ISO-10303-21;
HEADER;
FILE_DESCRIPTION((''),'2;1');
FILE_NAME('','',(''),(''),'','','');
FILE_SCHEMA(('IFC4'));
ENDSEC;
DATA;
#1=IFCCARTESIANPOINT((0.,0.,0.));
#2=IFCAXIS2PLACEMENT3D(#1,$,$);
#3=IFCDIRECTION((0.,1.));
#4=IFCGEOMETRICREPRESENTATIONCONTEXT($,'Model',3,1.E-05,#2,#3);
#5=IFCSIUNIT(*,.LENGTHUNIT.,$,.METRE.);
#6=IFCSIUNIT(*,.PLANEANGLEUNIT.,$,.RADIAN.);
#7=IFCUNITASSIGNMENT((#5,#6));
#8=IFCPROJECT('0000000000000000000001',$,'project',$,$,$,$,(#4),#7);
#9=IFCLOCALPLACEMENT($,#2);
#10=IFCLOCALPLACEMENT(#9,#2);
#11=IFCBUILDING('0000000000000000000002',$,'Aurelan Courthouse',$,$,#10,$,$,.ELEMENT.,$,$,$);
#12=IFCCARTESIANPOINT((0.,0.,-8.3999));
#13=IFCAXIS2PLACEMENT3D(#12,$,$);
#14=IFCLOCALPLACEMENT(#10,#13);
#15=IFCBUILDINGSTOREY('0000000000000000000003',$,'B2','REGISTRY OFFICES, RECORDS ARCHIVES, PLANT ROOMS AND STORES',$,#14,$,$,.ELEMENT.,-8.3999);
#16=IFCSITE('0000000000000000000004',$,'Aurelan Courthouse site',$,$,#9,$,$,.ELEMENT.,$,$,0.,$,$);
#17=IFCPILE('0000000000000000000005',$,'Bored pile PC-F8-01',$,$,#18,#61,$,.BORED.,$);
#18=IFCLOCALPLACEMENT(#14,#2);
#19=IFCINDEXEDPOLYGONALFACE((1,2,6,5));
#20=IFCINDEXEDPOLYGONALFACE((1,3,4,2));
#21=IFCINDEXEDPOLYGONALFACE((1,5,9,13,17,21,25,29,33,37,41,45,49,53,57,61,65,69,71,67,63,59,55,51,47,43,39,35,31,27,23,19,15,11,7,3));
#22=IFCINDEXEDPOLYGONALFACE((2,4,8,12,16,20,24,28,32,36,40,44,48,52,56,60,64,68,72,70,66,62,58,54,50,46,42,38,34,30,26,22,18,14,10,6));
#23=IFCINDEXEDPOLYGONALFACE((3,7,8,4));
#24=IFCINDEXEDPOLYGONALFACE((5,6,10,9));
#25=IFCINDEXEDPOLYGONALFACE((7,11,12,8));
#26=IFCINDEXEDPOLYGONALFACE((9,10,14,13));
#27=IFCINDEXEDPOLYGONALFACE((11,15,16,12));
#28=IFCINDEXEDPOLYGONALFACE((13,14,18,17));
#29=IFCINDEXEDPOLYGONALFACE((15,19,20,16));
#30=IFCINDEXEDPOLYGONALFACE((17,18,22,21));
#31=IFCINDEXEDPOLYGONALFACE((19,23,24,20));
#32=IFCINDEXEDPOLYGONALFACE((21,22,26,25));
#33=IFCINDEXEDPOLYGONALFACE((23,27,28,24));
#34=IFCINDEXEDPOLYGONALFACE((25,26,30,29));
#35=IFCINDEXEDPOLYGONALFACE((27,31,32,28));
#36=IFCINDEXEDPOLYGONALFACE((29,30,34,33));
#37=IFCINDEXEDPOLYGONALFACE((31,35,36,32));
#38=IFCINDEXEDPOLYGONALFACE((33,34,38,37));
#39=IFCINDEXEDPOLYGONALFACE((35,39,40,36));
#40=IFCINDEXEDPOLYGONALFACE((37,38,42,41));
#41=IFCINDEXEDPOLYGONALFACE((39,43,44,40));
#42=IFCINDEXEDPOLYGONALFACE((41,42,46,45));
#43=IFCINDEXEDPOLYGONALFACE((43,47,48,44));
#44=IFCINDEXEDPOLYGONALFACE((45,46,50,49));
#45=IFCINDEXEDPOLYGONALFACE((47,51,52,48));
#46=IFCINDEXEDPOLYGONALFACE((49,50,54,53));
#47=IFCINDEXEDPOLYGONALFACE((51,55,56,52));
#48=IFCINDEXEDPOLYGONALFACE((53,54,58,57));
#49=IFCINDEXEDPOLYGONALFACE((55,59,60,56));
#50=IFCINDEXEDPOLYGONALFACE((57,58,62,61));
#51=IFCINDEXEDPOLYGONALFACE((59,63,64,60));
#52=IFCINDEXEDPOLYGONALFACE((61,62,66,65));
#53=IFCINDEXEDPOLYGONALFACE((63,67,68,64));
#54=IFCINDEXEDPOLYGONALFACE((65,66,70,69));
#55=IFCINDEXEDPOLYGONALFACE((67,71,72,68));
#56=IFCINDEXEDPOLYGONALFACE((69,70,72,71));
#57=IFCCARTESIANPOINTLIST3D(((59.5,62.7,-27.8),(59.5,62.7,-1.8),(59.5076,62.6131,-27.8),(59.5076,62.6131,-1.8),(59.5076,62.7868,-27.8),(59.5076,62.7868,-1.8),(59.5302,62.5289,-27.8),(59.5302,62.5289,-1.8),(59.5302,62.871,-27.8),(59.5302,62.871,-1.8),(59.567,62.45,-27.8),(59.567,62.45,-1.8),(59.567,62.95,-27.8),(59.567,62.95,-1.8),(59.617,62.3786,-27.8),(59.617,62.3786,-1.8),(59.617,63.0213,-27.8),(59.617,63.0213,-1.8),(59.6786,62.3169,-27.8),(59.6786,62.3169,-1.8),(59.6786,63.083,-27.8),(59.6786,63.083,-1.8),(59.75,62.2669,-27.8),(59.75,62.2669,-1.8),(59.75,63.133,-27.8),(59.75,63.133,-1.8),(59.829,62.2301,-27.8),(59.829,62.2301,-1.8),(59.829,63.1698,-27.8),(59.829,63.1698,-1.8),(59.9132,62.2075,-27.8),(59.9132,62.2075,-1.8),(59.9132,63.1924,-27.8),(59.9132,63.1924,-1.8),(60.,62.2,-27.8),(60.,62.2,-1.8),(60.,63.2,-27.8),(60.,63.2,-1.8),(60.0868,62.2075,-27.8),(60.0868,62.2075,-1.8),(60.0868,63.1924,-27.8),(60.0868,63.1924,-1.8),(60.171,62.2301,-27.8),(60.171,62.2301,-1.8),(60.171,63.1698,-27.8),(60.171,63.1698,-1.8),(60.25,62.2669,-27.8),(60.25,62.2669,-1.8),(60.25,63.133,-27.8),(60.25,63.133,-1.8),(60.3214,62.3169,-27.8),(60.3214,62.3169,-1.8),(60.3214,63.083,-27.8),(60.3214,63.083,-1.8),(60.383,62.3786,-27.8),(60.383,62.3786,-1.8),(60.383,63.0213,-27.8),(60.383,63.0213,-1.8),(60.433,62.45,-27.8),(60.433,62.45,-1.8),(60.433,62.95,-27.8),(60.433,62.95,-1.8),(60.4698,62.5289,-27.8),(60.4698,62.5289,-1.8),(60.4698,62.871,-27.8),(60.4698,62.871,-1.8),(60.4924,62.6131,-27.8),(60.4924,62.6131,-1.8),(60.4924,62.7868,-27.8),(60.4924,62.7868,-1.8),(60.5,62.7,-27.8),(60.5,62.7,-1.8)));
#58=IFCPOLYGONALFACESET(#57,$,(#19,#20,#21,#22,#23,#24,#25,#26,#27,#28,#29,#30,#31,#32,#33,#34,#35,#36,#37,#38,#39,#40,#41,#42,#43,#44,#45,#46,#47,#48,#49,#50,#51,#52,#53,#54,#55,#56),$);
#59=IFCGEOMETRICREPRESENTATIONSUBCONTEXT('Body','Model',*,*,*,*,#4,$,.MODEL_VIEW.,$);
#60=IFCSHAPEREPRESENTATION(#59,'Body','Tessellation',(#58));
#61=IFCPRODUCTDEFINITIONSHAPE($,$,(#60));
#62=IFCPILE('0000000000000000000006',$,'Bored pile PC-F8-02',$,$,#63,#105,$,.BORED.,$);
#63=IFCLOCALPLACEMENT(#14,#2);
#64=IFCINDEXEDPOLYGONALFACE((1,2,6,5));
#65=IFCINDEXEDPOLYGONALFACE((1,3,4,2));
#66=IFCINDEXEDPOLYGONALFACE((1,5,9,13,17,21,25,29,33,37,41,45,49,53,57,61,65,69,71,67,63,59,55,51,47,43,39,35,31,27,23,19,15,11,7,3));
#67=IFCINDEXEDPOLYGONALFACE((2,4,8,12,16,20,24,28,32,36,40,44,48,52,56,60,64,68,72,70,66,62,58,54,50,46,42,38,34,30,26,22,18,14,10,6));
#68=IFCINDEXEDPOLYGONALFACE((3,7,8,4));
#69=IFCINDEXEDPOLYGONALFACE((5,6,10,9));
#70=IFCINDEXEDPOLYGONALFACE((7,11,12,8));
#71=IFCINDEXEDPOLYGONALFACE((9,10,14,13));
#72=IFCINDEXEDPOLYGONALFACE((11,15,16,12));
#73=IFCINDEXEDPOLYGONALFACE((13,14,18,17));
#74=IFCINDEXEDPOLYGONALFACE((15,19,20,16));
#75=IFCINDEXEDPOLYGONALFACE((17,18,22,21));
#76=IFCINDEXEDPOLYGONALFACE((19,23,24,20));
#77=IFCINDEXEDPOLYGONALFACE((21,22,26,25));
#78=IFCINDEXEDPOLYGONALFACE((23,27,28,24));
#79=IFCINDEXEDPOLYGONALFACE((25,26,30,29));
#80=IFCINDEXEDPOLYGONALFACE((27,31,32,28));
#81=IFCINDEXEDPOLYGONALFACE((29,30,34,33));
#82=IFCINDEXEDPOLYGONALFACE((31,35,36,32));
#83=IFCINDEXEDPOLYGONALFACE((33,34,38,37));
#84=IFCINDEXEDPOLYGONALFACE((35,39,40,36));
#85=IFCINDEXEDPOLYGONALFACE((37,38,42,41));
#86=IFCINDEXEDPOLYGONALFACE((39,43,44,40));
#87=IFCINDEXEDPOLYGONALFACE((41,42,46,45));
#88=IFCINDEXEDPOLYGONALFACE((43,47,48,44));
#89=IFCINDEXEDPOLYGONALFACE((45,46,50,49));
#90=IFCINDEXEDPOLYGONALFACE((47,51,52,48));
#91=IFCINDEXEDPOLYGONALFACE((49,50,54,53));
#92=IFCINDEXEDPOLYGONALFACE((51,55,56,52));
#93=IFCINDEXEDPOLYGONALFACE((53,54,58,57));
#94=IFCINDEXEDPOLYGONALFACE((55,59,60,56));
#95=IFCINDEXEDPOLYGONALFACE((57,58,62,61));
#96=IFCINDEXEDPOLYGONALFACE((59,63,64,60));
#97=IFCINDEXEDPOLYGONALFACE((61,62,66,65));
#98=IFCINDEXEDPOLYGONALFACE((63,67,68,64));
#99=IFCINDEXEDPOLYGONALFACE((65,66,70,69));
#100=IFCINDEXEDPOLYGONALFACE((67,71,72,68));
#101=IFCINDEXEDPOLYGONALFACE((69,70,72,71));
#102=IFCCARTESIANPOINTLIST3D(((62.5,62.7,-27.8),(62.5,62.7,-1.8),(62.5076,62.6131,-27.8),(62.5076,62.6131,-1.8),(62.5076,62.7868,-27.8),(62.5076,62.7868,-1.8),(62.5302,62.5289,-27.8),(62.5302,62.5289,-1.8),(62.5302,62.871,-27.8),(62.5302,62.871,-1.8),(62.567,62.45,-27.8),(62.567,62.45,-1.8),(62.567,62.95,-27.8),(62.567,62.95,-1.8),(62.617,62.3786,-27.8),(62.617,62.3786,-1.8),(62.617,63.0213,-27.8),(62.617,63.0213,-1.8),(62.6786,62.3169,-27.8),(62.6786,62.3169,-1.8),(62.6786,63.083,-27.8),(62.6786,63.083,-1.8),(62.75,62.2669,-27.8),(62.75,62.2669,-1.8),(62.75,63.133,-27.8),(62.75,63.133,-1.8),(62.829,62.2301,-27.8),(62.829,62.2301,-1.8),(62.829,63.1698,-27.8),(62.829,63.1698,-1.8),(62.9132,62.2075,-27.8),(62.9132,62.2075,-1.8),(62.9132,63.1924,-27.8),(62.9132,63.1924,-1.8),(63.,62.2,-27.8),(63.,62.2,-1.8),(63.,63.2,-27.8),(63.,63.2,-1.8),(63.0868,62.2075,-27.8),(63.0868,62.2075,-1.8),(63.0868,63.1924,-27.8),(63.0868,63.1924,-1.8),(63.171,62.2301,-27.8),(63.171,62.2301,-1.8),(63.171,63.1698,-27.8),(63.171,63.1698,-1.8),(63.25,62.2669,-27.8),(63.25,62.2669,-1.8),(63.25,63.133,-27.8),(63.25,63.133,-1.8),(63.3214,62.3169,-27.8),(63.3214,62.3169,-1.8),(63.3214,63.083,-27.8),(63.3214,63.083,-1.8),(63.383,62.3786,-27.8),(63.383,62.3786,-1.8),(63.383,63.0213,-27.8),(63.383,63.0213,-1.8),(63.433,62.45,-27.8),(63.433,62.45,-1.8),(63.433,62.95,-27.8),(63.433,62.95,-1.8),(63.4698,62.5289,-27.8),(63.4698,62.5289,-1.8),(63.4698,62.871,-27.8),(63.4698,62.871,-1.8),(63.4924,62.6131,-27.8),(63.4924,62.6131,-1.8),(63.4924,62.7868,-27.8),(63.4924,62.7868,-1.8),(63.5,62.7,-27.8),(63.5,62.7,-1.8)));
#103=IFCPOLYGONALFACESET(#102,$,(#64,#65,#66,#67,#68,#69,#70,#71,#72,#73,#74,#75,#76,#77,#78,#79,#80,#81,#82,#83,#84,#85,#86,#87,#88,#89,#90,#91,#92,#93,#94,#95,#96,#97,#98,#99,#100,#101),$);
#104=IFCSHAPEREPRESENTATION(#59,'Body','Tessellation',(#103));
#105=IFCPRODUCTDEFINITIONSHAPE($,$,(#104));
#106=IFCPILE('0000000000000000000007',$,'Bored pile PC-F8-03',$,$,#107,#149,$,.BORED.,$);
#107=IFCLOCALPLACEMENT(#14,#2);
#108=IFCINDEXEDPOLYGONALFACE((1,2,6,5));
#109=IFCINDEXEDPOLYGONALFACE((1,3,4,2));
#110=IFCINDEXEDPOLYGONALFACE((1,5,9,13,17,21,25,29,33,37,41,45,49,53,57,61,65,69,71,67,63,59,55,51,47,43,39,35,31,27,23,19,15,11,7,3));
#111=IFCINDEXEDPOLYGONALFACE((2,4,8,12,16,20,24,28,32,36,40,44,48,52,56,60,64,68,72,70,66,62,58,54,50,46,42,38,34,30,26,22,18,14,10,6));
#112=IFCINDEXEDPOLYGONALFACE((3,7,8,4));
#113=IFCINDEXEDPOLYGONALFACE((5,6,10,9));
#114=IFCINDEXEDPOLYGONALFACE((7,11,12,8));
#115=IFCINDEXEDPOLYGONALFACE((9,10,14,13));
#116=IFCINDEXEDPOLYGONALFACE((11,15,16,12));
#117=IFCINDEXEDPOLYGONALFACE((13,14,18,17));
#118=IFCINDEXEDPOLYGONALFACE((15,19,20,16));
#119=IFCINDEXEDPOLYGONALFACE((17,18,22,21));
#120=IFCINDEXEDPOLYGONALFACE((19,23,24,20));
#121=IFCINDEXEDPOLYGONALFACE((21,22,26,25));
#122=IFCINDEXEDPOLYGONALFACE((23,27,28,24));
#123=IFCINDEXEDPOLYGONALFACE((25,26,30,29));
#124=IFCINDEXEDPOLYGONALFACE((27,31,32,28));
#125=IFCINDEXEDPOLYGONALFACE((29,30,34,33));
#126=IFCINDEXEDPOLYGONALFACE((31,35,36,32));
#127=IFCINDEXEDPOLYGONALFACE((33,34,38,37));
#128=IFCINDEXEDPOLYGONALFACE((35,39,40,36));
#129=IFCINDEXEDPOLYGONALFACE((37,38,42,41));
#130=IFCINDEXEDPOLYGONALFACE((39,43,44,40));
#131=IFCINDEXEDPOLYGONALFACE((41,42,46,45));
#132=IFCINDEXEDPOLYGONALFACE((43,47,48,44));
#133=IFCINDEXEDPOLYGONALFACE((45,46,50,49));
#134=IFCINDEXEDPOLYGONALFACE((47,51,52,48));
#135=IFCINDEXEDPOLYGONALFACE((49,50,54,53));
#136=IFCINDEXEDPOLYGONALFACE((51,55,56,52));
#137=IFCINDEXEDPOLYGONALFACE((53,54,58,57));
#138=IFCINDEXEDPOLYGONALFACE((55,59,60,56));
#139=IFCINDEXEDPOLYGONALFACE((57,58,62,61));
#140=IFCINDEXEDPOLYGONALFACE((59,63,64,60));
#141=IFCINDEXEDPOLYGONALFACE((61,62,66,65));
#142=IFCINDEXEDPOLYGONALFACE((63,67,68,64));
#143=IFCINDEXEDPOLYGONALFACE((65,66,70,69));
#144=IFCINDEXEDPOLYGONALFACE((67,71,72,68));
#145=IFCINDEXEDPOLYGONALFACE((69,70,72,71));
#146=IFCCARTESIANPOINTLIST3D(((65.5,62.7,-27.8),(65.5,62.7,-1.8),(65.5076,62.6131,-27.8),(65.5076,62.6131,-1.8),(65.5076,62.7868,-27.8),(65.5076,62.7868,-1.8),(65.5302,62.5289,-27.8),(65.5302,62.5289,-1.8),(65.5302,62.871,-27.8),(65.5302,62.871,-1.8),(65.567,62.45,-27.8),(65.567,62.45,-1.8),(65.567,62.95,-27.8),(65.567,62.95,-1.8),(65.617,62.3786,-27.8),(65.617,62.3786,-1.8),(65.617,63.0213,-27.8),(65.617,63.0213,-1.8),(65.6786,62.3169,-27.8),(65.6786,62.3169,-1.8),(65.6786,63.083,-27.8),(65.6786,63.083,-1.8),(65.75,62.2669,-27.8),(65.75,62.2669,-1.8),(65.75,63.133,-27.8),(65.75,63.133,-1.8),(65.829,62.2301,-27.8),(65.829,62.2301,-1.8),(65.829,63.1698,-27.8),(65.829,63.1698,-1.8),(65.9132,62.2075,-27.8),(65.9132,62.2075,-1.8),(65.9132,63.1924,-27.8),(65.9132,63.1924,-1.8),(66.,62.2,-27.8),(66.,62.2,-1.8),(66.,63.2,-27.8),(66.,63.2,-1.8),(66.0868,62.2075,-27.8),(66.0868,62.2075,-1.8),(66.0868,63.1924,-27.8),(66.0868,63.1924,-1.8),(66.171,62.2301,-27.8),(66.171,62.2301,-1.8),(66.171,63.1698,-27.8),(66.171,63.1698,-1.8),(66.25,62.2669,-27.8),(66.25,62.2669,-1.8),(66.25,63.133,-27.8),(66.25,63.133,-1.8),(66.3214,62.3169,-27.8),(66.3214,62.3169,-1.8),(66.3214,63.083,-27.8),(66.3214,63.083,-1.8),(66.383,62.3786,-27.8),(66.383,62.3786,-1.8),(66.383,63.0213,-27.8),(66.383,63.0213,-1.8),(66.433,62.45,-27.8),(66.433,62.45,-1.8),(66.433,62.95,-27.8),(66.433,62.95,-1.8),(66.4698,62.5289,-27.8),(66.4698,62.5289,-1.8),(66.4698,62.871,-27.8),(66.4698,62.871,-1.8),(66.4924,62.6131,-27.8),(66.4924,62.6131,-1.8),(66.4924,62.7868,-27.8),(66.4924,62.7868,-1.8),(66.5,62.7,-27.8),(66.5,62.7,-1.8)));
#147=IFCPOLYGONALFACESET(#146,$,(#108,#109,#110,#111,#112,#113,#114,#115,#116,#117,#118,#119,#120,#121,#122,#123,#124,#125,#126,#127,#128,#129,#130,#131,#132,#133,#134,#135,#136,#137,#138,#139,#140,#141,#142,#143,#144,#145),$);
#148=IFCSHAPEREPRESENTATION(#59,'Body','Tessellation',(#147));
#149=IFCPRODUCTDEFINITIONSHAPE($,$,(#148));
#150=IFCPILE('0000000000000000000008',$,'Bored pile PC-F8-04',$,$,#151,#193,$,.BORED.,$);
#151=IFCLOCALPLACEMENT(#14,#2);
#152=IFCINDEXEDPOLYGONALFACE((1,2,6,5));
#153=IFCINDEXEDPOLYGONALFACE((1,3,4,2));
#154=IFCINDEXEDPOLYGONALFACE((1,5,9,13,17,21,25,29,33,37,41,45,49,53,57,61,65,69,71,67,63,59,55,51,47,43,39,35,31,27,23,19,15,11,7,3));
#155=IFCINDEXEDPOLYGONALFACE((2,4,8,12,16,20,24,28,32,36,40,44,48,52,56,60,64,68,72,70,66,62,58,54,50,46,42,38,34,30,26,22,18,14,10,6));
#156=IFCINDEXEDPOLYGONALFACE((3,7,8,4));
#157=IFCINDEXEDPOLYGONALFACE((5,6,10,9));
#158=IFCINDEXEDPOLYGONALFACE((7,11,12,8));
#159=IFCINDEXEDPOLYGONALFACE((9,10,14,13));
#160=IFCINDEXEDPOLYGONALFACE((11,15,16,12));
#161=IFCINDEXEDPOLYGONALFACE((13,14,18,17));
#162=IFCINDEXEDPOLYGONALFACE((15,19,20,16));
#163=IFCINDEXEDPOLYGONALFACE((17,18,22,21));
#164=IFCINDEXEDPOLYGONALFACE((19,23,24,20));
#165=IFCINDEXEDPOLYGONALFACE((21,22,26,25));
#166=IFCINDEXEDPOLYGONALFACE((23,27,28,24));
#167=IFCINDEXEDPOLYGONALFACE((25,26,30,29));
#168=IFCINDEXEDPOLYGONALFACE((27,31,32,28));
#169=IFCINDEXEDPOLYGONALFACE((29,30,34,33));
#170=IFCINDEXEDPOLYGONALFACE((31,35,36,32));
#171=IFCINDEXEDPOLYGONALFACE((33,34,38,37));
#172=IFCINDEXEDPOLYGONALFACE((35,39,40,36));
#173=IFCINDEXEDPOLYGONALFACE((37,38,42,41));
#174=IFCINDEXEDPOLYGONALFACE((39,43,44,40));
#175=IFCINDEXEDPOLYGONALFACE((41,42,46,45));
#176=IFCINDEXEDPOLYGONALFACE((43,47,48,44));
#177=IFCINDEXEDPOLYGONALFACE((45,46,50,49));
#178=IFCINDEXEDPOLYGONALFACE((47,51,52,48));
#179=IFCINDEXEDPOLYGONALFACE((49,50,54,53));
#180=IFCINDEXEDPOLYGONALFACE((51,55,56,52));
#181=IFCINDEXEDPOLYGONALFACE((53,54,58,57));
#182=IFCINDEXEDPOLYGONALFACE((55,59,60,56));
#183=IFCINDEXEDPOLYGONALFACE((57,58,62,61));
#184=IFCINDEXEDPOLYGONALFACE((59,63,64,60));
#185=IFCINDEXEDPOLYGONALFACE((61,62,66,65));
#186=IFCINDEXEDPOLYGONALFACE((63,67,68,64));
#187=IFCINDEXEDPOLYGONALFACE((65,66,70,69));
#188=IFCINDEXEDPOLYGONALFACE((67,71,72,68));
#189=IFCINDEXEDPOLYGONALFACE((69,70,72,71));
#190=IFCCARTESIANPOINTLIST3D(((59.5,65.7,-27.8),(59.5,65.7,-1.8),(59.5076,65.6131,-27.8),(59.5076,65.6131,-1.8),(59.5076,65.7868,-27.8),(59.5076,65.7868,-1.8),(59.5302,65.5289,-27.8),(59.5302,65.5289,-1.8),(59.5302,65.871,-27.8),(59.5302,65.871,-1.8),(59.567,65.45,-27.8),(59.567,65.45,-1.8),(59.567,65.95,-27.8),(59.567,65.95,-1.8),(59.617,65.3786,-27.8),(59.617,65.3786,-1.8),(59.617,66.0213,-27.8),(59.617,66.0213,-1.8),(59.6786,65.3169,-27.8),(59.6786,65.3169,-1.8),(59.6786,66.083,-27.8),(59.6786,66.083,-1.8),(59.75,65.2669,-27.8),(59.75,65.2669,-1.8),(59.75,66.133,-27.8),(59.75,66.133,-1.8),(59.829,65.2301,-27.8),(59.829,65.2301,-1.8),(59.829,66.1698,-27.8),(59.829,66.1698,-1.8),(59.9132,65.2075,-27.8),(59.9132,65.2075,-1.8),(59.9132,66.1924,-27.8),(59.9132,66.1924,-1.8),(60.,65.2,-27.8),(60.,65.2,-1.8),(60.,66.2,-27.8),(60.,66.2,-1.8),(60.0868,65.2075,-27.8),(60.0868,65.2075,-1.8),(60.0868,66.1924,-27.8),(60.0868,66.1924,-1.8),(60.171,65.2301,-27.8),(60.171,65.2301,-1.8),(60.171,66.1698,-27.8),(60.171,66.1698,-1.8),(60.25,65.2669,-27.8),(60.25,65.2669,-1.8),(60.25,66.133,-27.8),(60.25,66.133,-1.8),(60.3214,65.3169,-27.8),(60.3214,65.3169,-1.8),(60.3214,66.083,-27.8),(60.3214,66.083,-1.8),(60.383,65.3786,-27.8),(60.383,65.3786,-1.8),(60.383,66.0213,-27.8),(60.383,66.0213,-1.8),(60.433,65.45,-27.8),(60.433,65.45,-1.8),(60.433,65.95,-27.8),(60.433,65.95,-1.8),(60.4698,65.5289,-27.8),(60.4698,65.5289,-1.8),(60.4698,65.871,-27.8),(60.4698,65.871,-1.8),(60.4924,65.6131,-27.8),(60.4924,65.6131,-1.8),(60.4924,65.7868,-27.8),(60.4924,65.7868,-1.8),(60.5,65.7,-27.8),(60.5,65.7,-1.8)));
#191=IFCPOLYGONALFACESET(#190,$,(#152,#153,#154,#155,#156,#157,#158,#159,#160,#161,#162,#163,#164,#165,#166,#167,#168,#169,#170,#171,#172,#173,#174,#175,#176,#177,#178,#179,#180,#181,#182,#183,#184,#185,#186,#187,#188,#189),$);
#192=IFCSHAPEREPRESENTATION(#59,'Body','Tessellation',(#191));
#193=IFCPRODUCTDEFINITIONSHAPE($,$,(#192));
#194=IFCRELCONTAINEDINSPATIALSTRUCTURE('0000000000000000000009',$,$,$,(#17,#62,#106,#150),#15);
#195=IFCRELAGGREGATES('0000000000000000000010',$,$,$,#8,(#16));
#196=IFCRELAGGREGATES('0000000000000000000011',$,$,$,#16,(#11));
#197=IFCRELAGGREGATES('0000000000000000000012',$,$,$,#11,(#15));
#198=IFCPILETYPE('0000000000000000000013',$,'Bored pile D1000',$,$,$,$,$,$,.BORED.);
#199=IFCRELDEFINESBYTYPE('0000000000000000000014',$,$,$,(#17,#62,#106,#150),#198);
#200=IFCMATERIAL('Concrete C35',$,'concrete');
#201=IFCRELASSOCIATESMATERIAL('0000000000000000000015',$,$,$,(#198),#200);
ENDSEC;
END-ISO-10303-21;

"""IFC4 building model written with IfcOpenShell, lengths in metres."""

from ifc_helpers import new_model, si_unit, direction, frame, origin, origin_2d, place, context, subcontext, project, spatial, circle, extrude, material, material_profile, profile_set, type_object, element, save


model = new_model("IFC4")

# Units and contexts
model_context = context("Model", 3, precision=1e-05, world=origin(), true_north=direction((0.0, 1.0)))
body_context = subcontext(model_context, "Body", "Model", "MODEL_VIEW")
ifc_project = project(units=[si_unit("LENGTHUNIT", "METRE"), si_unit("PLANEANGLEUNIT", "RADIAN")], contexts=[model_context])

# Site, building, storey
site_placement = place(None, origin())
site = spatial("IfcSite", under=ifc_project, at=site_placement, Name="Aurelan Courthouse site", CompositionType="ELEMENT", RefElevation=0.0)
building_placement = place(site_placement, origin())
building = spatial("IfcBuilding", under=site, at=building_placement, Name="Aurelan Courthouse", CompositionType="ELEMENT")
storey_placement = place(building_placement, frame((0.0, 0.0, -8.3999)))
storey = spatial("IfcBuildingStorey", under=building, at=storey_placement, Name="B2", Description="REGISTRY OFFICES, RECORDS ARCHIVES, PLANT ROOMS AND STORES", CompositionType="ELEMENT", Elevation=-8.3999)

# Piles
ifc_material_1 = material(Name="Concrete C35", Category="concrete")
ifc_material_profile_1 = material_profile(ifc_material_1, circle(Radius=0.5, at=origin_2d()), Name="D1000")
ifc_profile_set_1 = profile_set([ifc_material_profile_1], Name="Concrete C35")
pile_type_1 = type_object("IfcPileType", Name="Bored pile D1000", PredefinedType="BORED", material=ifc_profile_set_1)
for number, where, z_axis, x_axis, name in (
    (1, (60.0, 62.7, -1.8), (0.0, 0.0, -1.0), (1.0, 0.0, 0.0), "Bored pile PC-F8-01"),
    (2, (63.0, 62.7, -1.8), (0.0, 0.0, -1.0), (1.0, 0.0, 0.0), "Bored pile PC-F8-02"),
    (3, (66.0, 62.7, -1.8), (0.0, 0.0, -1.0), (1.0, 0.0, 0.0), "Bored pile PC-F8-03"),
    (4, (60.0, 65.7, -1.8), (0.0, 0.0, -1.0), (1.0, 0.0, 0.0), "Bored pile PC-F8-04"),
):
    element("IfcPile", number, at=place(storey_placement, frame(where, z_axis=z_axis, x_axis=x_axis)), inside=storey, type_object=pile_type_1, Name=name, PredefinedType="BORED", context=body_context, shape_type="SweptSolid", body=[
        extrude(circle(Radius=0.5, at=origin_2d()), origin(), (0.0, 0.0, 1.0), 26.0),
    ])

save(model, "model.ifc")
